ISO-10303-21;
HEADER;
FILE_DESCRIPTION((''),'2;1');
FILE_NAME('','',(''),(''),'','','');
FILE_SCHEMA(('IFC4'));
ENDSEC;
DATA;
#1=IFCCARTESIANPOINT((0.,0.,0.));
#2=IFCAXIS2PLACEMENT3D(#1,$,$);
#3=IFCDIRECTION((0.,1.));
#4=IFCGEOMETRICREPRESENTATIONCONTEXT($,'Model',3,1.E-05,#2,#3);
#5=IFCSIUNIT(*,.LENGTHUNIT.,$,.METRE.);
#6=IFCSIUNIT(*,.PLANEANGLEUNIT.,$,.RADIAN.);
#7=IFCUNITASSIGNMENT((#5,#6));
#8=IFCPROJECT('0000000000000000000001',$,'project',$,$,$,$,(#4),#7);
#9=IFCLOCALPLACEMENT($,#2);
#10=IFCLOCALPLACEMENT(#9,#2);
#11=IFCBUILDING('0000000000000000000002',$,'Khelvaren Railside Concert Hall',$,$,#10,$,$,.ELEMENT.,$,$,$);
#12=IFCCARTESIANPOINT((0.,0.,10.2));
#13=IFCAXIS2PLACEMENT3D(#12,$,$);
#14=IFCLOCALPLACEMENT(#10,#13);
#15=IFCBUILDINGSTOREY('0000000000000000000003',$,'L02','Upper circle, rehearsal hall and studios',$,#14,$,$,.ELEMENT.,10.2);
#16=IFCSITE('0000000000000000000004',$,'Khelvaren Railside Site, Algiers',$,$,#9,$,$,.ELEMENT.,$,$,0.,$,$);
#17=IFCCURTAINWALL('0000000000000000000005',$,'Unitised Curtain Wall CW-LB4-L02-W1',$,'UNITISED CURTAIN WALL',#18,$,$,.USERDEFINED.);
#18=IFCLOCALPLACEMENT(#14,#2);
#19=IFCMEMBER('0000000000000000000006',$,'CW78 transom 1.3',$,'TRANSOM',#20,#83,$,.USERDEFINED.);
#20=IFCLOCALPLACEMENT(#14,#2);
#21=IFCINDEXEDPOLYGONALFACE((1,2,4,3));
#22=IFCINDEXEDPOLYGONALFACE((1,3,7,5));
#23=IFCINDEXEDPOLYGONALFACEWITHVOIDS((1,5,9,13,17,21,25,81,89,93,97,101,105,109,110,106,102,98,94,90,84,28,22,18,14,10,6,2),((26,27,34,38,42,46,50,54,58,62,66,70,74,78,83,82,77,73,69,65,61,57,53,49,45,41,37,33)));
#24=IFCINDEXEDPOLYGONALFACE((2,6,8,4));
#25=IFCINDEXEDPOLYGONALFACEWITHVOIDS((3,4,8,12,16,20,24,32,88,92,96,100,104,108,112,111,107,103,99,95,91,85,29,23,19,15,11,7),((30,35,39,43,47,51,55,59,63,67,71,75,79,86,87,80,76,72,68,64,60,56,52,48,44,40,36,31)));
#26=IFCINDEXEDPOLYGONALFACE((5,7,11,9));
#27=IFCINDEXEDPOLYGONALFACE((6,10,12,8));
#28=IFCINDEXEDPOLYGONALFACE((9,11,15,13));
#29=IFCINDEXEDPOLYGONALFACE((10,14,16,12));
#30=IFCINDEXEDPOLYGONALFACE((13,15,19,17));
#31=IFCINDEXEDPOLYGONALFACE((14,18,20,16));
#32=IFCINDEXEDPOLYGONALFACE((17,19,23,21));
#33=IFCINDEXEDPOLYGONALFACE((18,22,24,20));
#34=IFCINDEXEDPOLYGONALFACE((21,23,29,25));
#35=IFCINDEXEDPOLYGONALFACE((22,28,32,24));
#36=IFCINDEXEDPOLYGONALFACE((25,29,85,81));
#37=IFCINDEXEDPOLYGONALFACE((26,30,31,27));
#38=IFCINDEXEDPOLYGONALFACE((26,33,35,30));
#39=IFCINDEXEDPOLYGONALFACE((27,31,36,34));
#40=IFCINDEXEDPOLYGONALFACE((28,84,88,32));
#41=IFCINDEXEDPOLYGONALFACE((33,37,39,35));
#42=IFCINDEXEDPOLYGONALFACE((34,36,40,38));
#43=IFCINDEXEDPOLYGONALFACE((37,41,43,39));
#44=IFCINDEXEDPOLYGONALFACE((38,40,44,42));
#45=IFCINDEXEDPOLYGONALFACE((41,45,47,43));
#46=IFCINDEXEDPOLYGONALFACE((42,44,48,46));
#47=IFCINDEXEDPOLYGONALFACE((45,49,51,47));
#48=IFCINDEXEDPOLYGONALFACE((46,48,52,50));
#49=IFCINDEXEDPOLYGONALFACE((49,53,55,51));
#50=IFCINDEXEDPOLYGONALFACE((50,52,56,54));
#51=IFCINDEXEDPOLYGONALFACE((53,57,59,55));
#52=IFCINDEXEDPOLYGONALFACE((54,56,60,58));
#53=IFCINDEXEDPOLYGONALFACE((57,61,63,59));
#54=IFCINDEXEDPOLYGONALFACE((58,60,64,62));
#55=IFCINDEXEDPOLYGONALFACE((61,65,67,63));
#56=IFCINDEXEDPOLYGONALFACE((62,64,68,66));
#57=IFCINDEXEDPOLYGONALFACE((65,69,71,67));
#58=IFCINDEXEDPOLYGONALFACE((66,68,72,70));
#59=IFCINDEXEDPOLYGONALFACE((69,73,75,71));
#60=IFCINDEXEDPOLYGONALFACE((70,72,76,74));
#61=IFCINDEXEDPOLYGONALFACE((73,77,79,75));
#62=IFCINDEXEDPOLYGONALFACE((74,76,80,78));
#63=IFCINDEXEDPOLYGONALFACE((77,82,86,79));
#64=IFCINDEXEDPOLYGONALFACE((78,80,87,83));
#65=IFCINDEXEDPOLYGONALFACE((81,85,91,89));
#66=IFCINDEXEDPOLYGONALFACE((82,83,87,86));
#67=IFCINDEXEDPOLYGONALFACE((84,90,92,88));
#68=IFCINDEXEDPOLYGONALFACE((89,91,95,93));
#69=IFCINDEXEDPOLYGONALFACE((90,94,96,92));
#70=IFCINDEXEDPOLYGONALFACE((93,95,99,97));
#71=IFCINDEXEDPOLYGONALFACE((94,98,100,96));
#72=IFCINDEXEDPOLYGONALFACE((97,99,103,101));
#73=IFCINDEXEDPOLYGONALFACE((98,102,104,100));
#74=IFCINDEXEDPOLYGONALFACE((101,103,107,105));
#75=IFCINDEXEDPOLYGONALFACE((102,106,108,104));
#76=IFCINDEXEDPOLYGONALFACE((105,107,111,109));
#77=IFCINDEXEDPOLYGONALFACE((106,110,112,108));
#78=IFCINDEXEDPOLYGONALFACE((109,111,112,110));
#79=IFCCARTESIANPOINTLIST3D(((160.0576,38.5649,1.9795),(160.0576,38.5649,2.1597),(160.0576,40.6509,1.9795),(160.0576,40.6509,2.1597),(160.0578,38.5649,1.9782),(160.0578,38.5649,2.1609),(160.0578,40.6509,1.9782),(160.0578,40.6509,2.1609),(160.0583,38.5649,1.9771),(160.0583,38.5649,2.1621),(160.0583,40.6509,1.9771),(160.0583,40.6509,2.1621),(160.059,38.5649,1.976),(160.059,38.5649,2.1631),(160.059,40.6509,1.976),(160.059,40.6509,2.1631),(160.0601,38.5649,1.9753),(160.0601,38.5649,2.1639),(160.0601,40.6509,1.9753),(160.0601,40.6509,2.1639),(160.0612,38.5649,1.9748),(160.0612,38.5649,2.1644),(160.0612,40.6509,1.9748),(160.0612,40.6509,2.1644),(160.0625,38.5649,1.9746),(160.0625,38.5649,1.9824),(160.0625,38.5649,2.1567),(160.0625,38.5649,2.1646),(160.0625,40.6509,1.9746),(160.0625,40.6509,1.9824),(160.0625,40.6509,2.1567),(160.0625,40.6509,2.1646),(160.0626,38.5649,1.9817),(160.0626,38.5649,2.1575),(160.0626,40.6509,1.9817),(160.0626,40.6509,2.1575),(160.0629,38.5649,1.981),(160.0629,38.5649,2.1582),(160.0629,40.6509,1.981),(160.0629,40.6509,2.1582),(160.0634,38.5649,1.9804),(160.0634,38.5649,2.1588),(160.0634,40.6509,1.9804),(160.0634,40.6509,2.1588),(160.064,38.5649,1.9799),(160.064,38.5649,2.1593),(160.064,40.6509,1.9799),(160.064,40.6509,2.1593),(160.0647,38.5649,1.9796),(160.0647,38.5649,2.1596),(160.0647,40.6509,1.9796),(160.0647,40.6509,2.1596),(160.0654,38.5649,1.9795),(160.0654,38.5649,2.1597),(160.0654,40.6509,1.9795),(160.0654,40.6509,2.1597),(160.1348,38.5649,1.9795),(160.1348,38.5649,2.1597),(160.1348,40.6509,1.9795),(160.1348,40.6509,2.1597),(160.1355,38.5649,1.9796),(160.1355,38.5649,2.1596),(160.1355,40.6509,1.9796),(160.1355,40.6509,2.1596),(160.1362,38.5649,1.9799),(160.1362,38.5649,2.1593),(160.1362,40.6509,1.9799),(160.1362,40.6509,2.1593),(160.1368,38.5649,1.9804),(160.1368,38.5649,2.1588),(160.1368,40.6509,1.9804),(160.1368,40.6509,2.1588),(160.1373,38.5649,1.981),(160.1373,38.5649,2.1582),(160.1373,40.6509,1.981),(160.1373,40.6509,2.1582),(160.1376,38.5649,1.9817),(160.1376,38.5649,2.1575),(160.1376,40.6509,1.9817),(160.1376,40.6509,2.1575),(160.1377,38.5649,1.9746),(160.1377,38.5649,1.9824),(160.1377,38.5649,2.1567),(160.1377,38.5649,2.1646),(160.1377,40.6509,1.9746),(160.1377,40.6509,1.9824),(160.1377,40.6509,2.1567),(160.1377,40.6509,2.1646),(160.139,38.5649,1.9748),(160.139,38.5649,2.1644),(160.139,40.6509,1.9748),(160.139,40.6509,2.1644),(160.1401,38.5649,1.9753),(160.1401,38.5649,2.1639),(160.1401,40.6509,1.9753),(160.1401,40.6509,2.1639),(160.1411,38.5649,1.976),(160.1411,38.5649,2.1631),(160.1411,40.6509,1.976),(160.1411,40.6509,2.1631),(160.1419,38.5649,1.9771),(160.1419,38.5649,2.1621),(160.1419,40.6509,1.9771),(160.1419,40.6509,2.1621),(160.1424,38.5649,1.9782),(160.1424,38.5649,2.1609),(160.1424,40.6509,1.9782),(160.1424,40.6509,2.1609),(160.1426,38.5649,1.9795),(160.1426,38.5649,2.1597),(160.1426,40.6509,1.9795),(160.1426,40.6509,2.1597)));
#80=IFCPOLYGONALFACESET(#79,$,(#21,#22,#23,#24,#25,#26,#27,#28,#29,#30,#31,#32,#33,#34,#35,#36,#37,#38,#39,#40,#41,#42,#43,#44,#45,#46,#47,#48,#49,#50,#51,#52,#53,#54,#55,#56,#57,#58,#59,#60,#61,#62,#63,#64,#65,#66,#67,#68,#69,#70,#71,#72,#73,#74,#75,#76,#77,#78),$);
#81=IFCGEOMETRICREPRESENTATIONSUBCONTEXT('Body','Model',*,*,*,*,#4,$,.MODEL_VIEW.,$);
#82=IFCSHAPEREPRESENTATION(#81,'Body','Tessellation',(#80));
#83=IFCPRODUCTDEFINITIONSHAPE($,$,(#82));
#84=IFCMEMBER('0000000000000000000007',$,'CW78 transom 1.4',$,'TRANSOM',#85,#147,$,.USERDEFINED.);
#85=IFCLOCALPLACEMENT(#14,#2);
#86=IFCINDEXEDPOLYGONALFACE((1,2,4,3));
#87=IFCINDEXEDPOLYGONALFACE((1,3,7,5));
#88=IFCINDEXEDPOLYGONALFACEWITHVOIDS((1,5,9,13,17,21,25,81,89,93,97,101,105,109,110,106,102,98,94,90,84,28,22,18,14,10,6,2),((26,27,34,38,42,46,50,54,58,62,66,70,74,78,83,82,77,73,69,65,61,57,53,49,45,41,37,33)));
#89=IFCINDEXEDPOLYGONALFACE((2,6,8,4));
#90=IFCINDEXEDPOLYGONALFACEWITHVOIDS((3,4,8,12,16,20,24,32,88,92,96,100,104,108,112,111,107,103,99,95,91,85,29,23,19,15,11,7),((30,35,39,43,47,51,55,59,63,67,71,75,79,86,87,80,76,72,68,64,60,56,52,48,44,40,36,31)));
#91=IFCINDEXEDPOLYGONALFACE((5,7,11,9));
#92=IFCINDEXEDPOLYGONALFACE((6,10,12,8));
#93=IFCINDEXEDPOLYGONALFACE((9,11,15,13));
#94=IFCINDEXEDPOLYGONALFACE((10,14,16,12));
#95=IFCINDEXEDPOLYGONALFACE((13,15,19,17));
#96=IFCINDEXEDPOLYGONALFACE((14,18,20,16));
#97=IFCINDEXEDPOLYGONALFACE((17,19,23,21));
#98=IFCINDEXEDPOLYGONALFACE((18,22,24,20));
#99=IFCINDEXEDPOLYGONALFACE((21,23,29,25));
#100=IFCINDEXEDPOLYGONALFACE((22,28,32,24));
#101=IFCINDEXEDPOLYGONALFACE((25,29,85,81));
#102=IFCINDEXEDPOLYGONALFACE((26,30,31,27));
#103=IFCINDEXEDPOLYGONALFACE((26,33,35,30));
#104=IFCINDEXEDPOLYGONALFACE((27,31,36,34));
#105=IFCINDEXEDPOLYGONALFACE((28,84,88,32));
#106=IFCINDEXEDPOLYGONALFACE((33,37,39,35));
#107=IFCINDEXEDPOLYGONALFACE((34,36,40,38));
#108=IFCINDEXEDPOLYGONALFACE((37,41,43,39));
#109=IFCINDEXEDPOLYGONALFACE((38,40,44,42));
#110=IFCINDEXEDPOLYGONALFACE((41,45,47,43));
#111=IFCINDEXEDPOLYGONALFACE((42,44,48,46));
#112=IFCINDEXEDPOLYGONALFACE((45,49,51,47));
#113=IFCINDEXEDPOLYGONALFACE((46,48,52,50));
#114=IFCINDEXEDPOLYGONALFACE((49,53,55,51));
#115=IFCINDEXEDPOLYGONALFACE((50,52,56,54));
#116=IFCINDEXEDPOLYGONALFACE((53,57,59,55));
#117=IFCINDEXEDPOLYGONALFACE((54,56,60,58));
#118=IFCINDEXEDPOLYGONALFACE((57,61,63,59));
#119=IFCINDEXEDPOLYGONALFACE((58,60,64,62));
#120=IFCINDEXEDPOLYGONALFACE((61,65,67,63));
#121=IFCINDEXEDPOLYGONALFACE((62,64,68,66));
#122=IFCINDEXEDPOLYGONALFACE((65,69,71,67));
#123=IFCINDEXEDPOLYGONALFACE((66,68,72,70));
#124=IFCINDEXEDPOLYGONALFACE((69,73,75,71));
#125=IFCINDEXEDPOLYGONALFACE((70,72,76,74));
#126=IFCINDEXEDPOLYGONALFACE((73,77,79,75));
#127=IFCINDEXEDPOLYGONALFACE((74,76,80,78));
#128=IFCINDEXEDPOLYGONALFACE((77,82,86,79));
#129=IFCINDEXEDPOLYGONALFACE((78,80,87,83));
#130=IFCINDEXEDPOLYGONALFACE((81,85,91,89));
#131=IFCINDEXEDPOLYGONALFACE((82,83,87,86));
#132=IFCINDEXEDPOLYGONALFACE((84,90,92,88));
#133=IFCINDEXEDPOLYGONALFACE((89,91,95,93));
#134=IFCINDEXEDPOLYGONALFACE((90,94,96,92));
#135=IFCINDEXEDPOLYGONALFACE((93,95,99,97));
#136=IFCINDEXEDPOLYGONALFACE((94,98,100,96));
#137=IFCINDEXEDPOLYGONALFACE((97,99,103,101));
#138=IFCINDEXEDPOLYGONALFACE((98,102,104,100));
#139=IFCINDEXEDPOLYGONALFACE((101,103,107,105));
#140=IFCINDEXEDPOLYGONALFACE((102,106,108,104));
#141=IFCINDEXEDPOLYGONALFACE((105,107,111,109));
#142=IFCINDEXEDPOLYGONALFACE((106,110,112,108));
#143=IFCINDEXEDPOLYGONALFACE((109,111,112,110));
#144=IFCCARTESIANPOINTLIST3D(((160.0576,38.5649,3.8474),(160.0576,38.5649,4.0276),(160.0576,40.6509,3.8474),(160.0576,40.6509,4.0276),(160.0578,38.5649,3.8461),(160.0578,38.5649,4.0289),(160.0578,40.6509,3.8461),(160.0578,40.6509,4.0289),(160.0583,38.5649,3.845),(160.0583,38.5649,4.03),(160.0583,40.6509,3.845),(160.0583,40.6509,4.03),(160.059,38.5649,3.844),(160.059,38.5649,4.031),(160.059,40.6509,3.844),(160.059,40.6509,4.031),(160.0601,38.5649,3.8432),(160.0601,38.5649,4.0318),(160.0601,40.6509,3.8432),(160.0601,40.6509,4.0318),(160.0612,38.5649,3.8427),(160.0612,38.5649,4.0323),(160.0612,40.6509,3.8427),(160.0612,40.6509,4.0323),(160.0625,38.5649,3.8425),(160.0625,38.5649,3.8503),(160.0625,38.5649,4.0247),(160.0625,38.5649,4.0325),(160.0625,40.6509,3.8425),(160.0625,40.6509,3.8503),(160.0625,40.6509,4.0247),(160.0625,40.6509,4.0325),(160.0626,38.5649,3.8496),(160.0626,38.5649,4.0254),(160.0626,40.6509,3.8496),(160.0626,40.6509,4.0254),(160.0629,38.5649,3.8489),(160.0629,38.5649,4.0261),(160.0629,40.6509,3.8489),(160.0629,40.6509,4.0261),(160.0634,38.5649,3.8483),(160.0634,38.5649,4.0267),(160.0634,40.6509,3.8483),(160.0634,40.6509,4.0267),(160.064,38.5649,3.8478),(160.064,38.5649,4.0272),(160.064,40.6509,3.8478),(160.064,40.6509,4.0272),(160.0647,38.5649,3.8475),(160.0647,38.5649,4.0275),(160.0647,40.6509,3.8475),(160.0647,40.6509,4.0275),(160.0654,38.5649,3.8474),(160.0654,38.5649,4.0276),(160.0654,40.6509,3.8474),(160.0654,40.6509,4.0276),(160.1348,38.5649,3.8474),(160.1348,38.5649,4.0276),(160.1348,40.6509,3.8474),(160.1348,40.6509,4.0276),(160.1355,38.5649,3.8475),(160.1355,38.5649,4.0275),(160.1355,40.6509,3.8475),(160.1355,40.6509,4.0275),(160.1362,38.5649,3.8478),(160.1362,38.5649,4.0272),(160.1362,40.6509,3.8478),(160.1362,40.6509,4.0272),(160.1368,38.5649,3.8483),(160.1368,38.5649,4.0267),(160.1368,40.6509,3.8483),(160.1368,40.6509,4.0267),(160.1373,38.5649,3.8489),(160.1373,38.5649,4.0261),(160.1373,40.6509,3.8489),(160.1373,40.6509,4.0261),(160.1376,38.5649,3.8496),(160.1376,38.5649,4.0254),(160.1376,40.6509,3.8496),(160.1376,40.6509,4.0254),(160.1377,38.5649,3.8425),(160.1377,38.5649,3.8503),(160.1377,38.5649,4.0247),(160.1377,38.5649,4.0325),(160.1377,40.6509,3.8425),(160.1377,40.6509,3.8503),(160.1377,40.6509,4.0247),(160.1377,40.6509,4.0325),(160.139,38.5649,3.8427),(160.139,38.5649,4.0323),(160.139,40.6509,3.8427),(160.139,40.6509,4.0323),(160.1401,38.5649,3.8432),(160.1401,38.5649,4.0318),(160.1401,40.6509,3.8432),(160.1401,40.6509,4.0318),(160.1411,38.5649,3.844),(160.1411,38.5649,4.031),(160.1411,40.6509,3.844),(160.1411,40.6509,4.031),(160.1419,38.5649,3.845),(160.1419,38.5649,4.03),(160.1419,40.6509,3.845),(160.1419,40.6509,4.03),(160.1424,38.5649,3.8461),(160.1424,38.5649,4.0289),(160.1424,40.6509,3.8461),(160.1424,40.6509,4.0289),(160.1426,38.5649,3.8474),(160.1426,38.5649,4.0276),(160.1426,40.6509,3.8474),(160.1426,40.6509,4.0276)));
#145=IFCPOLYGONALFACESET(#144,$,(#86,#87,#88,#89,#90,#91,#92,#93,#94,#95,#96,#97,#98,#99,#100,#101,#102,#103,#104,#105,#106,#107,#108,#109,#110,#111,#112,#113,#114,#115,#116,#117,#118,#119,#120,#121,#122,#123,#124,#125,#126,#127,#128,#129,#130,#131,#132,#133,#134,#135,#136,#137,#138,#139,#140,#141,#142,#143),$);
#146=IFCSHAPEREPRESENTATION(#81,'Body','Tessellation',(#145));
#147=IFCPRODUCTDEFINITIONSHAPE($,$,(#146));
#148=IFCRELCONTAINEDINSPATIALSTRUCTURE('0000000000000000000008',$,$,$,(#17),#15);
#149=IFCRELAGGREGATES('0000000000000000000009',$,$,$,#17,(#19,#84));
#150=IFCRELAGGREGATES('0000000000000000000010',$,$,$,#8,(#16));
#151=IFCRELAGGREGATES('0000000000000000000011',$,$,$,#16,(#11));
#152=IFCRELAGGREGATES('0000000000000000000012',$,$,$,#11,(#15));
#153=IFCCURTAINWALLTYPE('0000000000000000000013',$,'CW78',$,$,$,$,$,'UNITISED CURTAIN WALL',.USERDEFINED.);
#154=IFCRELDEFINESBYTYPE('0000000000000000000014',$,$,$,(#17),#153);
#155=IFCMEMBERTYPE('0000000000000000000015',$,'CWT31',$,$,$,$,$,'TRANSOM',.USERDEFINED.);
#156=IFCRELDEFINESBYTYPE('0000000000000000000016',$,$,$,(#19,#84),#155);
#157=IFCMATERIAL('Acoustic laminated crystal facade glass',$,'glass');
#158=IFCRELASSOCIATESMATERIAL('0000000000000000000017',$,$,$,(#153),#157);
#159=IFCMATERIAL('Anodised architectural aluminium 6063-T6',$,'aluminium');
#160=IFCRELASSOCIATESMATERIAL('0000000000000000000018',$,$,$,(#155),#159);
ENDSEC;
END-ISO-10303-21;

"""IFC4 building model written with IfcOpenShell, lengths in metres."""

from ifc_helpers import new_model, si_unit, direction, frame, origin, origin_2d, place, context, subcontext, project, spatial, hollow_rectangle, extrude, material, material_profile, profile_set, type_object, element, aggregate, save


model = new_model("IFC4")

# Units and contexts
model_context = context("Model", 3, precision=1e-05, world=origin(), true_north=direction((0.0, 1.0)))
body_context = subcontext(model_context, "Body", "Model", "MODEL_VIEW")
ifc_project = project(units=[si_unit("LENGTHUNIT", "METRE"), si_unit("PLANEANGLEUNIT", "RADIAN")], contexts=[model_context])

# Site, building, storey
site_placement = place(None, origin())
site = spatial("IfcSite", under=ifc_project, at=site_placement, Name="Khelvaren Railside Site, Algiers", CompositionType="ELEMENT", RefElevation=0.0)
building_placement = place(site_placement, origin())
building = spatial("IfcBuilding", under=site, at=building_placement, Name="Khelvaren Railside Concert Hall", CompositionType="ELEMENT")
storey_placement = place(building_placement, frame((0.0, 0.0, 10.2)))
storey = spatial("IfcBuildingStorey", under=building, at=storey_placement, Name="L02", Description="Upper circle, rehearsal hall and studios", CompositionType="ELEMENT", Elevation=10.2)

# Curtain wall, members
ifc_material_1 = material(Name="Acoustic laminated crystal facade glass", Category="glass")
curtain_wall_type = type_object("IfcCurtainWallType", Name="CW78", ElementType="UNITISED CURTAIN WALL", PredefinedType="USERDEFINED", material=ifc_material_1)
curtain_wall_placement = place(storey_placement, origin())
curtain_wall = element("IfcCurtainWall", 1, at=curtain_wall_placement, inside=storey, type_object=curtain_wall_type, Name="Unitised Curtain Wall CW-LB4-L02-W1", ObjectType="UNITISED CURTAIN WALL", PredefinedType="USERDEFINED")
ifc_material_2 = material(Name="Anodised architectural aluminium 6063-T6", Category="aluminium")
ifc_material_profile_1 = material_profile(ifc_material_2, hollow_rectangle(XDim=0.085, YDim=0.1899, WallThickness=0.0049, InnerFilletRadius=0.0029, OuterFilletRadius=0.0049, at=origin_2d()), Name="CWT 85x190x5")
ifc_profile_set_1 = profile_set([ifc_material_profile_1], Name="Anodised architectural aluminium 6063-T6")
member_type_1 = type_object("IfcMemberType", Name="CWT31", ElementType="TRANSOM", PredefinedType="USERDEFINED", material=ifc_profile_set_1)
member_1_placement = place(storey_placement, frame((160.1001, 38.5649, 2.0696), z_axis=(0.0, 1.0, 0.0), x_axis=(-1.0, 0.0, 0.0)))
member_1 = element("IfcMember", 2, at=member_1_placement, type_object=member_type_1, Name="CW78 transom 1.3", ObjectType="TRANSOM", PredefinedType="USERDEFINED", context=body_context, shape_type="SweptSolid", body=[
    extrude(hollow_rectangle(XDim=0.085, YDim=0.1899, WallThickness=0.0049, InnerFilletRadius=0.0029, OuterFilletRadius=0.0049, at=origin_2d()), origin(), (0.0, 0.0, 1.0), 2.0859),
])
member_2_placement = place(storey_placement, frame((160.1001, 38.5649, 3.9375), z_axis=(0.0, 1.0, 0.0), x_axis=(-1.0, 0.0, 0.0)))
member_2 = element("IfcMember", 3, at=member_2_placement, type_object=member_type_1, Name="CW78 transom 1.4", ObjectType="TRANSOM", PredefinedType="USERDEFINED", context=body_context, shape_type="SweptSolid", body=[
    extrude(hollow_rectangle(XDim=0.085, YDim=0.1899, WallThickness=0.0049, InnerFilletRadius=0.0029, OuterFilletRadius=0.0049, at=origin_2d()), origin(), (0.0, 0.0, 1.0), 2.0859),
])
aggregate(curtain_wall, [member_1, member_2])

save(model, "model.ifc")
